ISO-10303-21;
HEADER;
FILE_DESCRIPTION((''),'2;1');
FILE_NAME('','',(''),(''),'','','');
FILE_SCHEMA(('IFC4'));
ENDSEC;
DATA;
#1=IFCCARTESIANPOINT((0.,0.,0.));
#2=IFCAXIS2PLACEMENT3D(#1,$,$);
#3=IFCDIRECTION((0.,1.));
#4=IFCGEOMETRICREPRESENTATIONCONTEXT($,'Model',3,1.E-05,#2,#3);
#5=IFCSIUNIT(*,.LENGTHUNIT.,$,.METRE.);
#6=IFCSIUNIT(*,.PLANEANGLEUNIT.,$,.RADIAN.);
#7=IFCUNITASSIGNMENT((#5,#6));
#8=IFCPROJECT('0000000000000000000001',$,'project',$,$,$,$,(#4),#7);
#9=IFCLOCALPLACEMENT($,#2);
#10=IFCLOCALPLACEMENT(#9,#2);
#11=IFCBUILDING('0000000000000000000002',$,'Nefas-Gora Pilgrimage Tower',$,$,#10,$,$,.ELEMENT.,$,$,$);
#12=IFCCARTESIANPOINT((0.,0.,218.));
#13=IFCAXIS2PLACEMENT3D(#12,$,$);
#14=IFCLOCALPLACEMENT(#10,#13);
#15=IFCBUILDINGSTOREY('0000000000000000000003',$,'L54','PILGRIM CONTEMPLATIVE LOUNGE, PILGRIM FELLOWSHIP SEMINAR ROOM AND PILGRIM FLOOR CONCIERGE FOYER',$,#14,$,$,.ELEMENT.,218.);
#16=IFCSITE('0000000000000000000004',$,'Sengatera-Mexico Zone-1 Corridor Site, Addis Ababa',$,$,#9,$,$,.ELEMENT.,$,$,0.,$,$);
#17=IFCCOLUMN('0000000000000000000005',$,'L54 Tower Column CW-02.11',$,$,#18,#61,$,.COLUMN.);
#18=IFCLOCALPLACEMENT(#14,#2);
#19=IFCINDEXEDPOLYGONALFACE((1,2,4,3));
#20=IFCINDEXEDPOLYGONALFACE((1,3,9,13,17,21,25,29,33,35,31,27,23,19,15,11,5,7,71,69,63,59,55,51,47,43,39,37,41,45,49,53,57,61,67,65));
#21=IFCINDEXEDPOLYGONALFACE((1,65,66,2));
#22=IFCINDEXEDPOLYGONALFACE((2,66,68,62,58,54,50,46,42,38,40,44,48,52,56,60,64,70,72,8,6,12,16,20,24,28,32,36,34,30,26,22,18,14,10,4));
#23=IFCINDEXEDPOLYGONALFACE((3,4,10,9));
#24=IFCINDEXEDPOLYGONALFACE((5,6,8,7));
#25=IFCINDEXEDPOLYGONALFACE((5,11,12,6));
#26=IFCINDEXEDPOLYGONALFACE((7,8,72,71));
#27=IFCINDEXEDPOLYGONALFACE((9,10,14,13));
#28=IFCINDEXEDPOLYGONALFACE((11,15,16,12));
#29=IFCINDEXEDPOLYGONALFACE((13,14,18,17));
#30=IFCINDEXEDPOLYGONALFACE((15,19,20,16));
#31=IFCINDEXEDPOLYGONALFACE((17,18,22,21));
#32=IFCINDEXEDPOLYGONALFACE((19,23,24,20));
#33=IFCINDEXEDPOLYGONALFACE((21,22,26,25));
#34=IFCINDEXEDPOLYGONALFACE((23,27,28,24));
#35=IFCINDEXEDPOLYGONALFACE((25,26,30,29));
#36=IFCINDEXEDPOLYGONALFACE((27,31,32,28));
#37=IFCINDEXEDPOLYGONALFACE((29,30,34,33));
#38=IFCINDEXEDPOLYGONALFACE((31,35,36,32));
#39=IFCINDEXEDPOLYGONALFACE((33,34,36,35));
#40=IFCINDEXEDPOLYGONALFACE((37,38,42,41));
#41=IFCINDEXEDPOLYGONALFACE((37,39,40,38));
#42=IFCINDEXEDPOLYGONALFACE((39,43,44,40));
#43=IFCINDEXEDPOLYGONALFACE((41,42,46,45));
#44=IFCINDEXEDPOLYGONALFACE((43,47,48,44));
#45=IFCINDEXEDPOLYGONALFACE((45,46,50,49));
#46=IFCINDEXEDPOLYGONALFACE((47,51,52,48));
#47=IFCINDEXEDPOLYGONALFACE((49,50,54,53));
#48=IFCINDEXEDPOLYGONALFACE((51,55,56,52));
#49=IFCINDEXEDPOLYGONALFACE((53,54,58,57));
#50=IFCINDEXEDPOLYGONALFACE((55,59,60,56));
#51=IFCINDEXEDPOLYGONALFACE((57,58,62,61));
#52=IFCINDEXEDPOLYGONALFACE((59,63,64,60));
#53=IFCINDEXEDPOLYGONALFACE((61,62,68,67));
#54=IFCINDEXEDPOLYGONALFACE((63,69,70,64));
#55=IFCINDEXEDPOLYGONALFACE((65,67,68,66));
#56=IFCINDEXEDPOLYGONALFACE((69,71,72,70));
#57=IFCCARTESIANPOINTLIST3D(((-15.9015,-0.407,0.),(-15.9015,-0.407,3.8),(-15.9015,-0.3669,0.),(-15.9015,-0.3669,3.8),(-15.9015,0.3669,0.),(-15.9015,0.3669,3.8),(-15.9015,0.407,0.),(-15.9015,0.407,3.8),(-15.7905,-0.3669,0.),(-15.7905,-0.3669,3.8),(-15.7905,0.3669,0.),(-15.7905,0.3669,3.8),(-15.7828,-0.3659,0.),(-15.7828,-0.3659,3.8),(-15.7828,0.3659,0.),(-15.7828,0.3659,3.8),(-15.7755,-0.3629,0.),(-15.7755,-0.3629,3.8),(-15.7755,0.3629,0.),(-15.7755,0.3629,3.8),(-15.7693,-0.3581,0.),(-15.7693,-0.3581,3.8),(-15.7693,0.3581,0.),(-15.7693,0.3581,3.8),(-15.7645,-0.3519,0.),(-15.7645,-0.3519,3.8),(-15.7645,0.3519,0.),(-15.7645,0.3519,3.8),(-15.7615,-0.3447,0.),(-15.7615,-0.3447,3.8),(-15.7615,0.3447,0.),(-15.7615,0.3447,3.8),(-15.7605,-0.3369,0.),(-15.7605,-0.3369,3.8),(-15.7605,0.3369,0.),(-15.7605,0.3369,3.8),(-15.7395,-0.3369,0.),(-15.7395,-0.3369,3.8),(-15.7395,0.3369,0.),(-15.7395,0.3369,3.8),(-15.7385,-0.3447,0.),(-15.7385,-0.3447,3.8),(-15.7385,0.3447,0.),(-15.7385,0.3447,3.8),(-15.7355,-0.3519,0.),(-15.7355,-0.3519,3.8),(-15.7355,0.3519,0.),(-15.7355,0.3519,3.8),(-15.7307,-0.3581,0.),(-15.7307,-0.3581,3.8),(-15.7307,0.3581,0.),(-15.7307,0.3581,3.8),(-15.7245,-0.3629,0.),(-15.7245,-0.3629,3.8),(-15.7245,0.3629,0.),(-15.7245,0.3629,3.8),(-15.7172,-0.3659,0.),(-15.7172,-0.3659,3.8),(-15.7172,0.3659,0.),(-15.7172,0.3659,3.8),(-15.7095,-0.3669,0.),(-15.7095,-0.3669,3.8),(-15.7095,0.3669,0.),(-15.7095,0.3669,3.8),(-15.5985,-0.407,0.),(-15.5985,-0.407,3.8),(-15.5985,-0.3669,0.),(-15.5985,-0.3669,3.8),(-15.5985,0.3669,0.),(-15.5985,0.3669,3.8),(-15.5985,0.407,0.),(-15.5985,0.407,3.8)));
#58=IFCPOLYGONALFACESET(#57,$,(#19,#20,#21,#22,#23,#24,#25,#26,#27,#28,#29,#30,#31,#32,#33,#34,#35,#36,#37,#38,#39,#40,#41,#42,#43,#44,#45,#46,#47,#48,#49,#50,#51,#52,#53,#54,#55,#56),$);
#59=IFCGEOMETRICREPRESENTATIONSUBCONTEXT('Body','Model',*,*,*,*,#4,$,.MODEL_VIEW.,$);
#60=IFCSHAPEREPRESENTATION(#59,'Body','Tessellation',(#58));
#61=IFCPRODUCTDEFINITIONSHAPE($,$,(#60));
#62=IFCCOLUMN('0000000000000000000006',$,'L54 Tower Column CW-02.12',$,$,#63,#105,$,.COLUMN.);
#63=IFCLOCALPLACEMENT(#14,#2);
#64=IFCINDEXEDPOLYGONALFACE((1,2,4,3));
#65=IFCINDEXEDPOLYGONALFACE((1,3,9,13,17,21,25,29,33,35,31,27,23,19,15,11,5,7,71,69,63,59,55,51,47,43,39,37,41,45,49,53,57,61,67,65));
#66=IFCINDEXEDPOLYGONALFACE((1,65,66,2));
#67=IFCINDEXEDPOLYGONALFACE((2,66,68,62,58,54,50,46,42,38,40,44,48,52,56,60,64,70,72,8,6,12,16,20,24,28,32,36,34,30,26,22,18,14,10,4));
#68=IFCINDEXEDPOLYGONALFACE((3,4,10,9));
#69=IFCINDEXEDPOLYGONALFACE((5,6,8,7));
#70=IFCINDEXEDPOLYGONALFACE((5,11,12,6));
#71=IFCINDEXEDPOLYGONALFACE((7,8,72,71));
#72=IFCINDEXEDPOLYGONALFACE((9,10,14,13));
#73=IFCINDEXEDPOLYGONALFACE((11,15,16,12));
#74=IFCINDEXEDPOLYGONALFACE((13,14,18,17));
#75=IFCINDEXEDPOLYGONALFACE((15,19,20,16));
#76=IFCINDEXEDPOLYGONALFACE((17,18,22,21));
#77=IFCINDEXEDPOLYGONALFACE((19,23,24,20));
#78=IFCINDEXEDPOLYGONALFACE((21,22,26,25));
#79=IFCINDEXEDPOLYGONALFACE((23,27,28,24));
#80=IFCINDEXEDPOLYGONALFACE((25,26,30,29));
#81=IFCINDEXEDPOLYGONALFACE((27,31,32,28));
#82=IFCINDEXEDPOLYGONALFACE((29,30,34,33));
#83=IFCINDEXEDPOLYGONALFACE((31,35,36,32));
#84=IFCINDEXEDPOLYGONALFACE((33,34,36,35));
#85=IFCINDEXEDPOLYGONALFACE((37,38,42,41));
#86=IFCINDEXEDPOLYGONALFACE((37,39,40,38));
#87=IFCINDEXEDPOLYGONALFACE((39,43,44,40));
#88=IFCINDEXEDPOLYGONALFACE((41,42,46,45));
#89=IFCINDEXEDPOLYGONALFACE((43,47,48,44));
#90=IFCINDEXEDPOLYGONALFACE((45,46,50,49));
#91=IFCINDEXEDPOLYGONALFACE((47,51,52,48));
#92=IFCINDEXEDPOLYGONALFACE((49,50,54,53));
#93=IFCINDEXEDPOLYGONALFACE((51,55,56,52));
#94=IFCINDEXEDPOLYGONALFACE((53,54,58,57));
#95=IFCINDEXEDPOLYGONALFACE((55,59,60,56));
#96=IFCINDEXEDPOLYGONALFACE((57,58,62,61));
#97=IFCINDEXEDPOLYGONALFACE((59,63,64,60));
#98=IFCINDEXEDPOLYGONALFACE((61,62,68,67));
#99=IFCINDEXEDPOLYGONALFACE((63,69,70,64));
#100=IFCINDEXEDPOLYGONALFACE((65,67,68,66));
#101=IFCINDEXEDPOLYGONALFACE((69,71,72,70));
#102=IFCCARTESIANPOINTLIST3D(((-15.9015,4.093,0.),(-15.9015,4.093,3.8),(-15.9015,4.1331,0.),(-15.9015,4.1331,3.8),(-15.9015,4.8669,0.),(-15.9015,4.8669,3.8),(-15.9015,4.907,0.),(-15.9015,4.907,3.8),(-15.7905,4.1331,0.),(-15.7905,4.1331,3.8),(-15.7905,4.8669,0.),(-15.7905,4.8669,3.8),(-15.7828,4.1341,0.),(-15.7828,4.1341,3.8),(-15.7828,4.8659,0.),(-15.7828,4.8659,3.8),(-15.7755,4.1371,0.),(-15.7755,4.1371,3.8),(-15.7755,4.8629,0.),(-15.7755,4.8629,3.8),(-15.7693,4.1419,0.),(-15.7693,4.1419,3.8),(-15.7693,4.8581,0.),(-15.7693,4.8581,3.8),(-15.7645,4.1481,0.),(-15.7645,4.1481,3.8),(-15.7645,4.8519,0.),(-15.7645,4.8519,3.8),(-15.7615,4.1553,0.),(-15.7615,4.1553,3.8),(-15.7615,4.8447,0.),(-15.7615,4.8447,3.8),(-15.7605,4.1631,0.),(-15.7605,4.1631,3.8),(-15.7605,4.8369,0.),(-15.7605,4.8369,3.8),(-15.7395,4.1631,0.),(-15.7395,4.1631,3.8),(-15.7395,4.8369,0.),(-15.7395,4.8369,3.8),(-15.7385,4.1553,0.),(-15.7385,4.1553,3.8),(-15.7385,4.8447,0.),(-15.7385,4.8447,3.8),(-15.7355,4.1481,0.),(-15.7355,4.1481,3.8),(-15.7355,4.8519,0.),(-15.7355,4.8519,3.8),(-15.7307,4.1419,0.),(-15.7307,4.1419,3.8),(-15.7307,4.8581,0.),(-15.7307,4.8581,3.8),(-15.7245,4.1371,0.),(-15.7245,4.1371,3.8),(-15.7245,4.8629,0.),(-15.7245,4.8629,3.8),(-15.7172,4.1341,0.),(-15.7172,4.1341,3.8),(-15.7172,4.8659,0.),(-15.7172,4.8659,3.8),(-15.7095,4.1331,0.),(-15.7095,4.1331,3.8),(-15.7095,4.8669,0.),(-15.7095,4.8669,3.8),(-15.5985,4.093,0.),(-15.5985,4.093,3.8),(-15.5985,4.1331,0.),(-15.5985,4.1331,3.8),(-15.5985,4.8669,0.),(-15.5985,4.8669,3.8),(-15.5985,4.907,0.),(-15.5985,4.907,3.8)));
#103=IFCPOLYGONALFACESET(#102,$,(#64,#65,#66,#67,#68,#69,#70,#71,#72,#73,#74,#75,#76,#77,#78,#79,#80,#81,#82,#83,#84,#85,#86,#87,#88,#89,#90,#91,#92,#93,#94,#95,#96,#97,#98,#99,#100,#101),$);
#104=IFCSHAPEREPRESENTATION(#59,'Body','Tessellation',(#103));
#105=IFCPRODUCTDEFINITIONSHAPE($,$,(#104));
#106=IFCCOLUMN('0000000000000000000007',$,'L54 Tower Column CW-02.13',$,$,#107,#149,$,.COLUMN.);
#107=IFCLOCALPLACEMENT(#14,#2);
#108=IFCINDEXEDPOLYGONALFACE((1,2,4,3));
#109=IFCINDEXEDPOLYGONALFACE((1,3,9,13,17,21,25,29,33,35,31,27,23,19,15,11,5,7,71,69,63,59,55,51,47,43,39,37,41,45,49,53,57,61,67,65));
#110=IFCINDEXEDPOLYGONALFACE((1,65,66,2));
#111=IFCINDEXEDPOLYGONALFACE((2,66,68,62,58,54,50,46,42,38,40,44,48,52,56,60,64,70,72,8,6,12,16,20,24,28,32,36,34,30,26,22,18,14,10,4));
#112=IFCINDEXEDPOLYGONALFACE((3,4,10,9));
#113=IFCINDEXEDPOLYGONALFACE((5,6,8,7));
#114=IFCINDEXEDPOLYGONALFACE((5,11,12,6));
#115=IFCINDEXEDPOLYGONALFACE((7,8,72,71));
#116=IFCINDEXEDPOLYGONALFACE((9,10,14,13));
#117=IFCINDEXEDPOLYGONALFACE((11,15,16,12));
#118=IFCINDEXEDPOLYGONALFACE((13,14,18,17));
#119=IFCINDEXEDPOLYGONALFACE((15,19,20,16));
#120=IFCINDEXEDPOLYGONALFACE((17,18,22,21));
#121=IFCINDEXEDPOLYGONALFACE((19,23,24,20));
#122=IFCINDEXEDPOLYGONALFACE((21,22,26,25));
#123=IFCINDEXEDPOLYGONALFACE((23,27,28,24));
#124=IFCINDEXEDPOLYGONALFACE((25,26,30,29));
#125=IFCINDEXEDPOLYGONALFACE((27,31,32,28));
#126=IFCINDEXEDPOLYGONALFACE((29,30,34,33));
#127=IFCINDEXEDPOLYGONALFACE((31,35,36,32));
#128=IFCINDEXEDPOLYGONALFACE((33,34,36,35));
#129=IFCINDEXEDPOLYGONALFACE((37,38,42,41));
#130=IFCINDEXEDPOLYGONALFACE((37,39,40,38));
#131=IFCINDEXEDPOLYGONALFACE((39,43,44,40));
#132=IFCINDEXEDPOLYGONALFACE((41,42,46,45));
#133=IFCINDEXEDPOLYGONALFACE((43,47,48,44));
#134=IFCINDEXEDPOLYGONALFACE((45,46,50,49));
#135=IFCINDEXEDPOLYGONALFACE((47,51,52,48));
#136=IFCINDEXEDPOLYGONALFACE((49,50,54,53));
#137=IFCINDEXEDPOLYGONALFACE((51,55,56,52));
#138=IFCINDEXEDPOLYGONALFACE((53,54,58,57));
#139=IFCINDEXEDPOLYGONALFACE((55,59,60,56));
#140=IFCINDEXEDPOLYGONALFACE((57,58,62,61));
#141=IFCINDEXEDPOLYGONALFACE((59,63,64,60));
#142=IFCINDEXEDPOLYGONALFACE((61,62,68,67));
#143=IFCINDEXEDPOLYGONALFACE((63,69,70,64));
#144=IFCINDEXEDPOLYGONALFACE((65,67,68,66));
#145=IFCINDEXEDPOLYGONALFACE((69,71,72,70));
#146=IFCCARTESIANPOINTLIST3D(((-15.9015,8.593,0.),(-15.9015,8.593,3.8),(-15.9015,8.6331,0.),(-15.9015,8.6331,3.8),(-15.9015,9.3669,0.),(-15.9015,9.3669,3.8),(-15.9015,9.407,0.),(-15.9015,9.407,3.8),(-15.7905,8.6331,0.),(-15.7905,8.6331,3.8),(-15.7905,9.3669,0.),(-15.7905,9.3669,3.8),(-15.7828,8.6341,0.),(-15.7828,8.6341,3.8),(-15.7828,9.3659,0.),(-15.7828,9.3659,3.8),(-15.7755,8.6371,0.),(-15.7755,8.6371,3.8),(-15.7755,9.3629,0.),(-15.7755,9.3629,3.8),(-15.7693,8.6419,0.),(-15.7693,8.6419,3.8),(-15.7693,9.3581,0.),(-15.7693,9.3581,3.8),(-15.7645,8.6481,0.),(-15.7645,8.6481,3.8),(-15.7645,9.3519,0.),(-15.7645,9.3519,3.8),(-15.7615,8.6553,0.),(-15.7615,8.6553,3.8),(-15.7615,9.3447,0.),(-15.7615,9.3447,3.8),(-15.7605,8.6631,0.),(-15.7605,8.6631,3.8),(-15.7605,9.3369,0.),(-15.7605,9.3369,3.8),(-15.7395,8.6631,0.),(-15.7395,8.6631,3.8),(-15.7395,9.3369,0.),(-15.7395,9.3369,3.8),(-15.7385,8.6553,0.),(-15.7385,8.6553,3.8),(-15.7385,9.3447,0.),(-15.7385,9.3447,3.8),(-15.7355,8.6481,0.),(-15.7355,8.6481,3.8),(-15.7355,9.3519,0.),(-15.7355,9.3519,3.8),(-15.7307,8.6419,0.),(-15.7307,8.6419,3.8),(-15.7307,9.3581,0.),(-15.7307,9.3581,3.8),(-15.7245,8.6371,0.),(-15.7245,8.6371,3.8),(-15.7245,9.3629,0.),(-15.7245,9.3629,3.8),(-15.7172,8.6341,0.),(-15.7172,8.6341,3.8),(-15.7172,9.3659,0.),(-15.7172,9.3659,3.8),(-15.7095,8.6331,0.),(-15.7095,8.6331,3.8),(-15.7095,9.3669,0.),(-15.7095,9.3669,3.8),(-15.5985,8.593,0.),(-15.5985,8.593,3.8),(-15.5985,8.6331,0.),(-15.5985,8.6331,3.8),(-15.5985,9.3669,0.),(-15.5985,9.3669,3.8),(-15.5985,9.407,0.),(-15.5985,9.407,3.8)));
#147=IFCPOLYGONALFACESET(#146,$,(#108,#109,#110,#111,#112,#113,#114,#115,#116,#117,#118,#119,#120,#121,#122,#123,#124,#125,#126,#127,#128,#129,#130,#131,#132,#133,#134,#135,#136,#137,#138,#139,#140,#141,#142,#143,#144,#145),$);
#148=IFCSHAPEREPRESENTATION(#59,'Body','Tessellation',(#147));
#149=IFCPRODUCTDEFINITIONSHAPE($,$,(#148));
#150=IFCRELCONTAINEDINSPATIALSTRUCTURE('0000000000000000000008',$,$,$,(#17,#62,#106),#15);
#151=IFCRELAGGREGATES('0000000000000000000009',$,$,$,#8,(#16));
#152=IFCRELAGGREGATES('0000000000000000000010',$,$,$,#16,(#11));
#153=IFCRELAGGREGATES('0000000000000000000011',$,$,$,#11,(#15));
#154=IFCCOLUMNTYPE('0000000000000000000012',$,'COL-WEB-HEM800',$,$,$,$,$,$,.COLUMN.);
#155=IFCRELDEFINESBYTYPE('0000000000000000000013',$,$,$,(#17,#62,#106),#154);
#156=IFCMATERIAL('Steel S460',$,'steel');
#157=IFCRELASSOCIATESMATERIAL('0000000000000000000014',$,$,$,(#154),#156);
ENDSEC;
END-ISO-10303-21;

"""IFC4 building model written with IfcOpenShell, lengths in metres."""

from ifc_helpers import new_model, si_unit, direction, frame, origin, origin_2d, place, context, subcontext, project, spatial, i_section, extrude, source, transform, mapped, material, material_profile, profile_set, type_object, element, save


model = new_model("IFC4")

# Units and contexts
model_context = context("Model", 3, precision=1e-05, world=origin(), true_north=direction((0.0, 1.0)))
body_context = subcontext(model_context, "Body", "Model", "MODEL_VIEW")
ifc_project = project(units=[si_unit("LENGTHUNIT", "METRE"), si_unit("PLANEANGLEUNIT", "RADIAN")], contexts=[model_context])

# Site, building, storey
site_placement = place(None, origin())
site = spatial("IfcSite", under=ifc_project, at=site_placement, Name="Sengatera-Mexico Zone-1 Corridor Site, Addis Ababa", CompositionType="ELEMENT", RefElevation=0.0)
building_placement = place(site_placement, origin())
building = spatial("IfcBuilding", under=site, at=building_placement, Name="Nefas-Gora Pilgrimage Tower", CompositionType="ELEMENT")
storey_placement = place(building_placement, frame((0.0, 0.0, 218.0)))
storey = spatial("IfcBuildingStorey", under=building, at=storey_placement, Name="L54", Description="PILGRIM CONTEMPLATIVE LOUNGE, PILGRIM FELLOWSHIP SEMINAR ROOM AND PILGRIM FLOOR CONCIERGE FOYER", CompositionType="ELEMENT", Elevation=218.0)

# Columns
ifc_material_1 = material(Name="Steel S460", Category="steel")
ifc_material_profile_1 = material_profile(ifc_material_1, i_section(OverallWidth=0.303, OverallDepth=0.814, WebThickness=0.021, FlangeThickness=0.04, FilletRadius=0.03, at=origin_2d()), Name="HEM 800")
ifc_profile_set_1 = profile_set([ifc_material_profile_1], Name="Steel S460")
column_type_1 = type_object("IfcColumnType", Name="COL-WEB-HEM800", PredefinedType="COLUMN", material=ifc_profile_set_1)
shared_shape_1 = source(origin(), body_context, "Body", "SweptSolid", [
    extrude(i_section(OverallWidth=0.303, OverallDepth=0.814, WebThickness=0.021, FlangeThickness=0.04, FilletRadius=0.03, at=origin_2d()), origin(), (0.0, 0.0, 1.0), 3.8),
])
for number, where, z_axis, x_axis, name in (
    (1, (-15.75, 0.0, 0.0), (0.0, 0.0, 1.0), (1.0, 0.0, 0.0), "L54 Tower Column CW-02.11"),
    (2, (-15.75, 4.5, 0.0), (0.0, 0.0, 1.0), (1.0, 0.0, 0.0), "L54 Tower Column CW-02.12"),
    (3, (-15.75, 9.0, 0.0), (0.0, 0.0, 1.0), (1.0, 0.0, 0.0), "L54 Tower Column CW-02.13"),
):
    element("IfcColumn", number, at=place(storey_placement, frame(where, z_axis=z_axis, x_axis=x_axis)), inside=storey, type_object=column_type_1, Name=name, PredefinedType="COLUMN", context=body_context, shape_type="MappedRepresentation", body=[
        mapped(shared_shape_1, transform((0.0, 0.0, 0.0), x_axis=(1.0, 0.0, 0.0), y_axis=(0.0, 1.0, 0.0), z_axis=(0.0, 0.0, 1.0), scale=1.0)),
    ])

save(model, "model.ifc")
